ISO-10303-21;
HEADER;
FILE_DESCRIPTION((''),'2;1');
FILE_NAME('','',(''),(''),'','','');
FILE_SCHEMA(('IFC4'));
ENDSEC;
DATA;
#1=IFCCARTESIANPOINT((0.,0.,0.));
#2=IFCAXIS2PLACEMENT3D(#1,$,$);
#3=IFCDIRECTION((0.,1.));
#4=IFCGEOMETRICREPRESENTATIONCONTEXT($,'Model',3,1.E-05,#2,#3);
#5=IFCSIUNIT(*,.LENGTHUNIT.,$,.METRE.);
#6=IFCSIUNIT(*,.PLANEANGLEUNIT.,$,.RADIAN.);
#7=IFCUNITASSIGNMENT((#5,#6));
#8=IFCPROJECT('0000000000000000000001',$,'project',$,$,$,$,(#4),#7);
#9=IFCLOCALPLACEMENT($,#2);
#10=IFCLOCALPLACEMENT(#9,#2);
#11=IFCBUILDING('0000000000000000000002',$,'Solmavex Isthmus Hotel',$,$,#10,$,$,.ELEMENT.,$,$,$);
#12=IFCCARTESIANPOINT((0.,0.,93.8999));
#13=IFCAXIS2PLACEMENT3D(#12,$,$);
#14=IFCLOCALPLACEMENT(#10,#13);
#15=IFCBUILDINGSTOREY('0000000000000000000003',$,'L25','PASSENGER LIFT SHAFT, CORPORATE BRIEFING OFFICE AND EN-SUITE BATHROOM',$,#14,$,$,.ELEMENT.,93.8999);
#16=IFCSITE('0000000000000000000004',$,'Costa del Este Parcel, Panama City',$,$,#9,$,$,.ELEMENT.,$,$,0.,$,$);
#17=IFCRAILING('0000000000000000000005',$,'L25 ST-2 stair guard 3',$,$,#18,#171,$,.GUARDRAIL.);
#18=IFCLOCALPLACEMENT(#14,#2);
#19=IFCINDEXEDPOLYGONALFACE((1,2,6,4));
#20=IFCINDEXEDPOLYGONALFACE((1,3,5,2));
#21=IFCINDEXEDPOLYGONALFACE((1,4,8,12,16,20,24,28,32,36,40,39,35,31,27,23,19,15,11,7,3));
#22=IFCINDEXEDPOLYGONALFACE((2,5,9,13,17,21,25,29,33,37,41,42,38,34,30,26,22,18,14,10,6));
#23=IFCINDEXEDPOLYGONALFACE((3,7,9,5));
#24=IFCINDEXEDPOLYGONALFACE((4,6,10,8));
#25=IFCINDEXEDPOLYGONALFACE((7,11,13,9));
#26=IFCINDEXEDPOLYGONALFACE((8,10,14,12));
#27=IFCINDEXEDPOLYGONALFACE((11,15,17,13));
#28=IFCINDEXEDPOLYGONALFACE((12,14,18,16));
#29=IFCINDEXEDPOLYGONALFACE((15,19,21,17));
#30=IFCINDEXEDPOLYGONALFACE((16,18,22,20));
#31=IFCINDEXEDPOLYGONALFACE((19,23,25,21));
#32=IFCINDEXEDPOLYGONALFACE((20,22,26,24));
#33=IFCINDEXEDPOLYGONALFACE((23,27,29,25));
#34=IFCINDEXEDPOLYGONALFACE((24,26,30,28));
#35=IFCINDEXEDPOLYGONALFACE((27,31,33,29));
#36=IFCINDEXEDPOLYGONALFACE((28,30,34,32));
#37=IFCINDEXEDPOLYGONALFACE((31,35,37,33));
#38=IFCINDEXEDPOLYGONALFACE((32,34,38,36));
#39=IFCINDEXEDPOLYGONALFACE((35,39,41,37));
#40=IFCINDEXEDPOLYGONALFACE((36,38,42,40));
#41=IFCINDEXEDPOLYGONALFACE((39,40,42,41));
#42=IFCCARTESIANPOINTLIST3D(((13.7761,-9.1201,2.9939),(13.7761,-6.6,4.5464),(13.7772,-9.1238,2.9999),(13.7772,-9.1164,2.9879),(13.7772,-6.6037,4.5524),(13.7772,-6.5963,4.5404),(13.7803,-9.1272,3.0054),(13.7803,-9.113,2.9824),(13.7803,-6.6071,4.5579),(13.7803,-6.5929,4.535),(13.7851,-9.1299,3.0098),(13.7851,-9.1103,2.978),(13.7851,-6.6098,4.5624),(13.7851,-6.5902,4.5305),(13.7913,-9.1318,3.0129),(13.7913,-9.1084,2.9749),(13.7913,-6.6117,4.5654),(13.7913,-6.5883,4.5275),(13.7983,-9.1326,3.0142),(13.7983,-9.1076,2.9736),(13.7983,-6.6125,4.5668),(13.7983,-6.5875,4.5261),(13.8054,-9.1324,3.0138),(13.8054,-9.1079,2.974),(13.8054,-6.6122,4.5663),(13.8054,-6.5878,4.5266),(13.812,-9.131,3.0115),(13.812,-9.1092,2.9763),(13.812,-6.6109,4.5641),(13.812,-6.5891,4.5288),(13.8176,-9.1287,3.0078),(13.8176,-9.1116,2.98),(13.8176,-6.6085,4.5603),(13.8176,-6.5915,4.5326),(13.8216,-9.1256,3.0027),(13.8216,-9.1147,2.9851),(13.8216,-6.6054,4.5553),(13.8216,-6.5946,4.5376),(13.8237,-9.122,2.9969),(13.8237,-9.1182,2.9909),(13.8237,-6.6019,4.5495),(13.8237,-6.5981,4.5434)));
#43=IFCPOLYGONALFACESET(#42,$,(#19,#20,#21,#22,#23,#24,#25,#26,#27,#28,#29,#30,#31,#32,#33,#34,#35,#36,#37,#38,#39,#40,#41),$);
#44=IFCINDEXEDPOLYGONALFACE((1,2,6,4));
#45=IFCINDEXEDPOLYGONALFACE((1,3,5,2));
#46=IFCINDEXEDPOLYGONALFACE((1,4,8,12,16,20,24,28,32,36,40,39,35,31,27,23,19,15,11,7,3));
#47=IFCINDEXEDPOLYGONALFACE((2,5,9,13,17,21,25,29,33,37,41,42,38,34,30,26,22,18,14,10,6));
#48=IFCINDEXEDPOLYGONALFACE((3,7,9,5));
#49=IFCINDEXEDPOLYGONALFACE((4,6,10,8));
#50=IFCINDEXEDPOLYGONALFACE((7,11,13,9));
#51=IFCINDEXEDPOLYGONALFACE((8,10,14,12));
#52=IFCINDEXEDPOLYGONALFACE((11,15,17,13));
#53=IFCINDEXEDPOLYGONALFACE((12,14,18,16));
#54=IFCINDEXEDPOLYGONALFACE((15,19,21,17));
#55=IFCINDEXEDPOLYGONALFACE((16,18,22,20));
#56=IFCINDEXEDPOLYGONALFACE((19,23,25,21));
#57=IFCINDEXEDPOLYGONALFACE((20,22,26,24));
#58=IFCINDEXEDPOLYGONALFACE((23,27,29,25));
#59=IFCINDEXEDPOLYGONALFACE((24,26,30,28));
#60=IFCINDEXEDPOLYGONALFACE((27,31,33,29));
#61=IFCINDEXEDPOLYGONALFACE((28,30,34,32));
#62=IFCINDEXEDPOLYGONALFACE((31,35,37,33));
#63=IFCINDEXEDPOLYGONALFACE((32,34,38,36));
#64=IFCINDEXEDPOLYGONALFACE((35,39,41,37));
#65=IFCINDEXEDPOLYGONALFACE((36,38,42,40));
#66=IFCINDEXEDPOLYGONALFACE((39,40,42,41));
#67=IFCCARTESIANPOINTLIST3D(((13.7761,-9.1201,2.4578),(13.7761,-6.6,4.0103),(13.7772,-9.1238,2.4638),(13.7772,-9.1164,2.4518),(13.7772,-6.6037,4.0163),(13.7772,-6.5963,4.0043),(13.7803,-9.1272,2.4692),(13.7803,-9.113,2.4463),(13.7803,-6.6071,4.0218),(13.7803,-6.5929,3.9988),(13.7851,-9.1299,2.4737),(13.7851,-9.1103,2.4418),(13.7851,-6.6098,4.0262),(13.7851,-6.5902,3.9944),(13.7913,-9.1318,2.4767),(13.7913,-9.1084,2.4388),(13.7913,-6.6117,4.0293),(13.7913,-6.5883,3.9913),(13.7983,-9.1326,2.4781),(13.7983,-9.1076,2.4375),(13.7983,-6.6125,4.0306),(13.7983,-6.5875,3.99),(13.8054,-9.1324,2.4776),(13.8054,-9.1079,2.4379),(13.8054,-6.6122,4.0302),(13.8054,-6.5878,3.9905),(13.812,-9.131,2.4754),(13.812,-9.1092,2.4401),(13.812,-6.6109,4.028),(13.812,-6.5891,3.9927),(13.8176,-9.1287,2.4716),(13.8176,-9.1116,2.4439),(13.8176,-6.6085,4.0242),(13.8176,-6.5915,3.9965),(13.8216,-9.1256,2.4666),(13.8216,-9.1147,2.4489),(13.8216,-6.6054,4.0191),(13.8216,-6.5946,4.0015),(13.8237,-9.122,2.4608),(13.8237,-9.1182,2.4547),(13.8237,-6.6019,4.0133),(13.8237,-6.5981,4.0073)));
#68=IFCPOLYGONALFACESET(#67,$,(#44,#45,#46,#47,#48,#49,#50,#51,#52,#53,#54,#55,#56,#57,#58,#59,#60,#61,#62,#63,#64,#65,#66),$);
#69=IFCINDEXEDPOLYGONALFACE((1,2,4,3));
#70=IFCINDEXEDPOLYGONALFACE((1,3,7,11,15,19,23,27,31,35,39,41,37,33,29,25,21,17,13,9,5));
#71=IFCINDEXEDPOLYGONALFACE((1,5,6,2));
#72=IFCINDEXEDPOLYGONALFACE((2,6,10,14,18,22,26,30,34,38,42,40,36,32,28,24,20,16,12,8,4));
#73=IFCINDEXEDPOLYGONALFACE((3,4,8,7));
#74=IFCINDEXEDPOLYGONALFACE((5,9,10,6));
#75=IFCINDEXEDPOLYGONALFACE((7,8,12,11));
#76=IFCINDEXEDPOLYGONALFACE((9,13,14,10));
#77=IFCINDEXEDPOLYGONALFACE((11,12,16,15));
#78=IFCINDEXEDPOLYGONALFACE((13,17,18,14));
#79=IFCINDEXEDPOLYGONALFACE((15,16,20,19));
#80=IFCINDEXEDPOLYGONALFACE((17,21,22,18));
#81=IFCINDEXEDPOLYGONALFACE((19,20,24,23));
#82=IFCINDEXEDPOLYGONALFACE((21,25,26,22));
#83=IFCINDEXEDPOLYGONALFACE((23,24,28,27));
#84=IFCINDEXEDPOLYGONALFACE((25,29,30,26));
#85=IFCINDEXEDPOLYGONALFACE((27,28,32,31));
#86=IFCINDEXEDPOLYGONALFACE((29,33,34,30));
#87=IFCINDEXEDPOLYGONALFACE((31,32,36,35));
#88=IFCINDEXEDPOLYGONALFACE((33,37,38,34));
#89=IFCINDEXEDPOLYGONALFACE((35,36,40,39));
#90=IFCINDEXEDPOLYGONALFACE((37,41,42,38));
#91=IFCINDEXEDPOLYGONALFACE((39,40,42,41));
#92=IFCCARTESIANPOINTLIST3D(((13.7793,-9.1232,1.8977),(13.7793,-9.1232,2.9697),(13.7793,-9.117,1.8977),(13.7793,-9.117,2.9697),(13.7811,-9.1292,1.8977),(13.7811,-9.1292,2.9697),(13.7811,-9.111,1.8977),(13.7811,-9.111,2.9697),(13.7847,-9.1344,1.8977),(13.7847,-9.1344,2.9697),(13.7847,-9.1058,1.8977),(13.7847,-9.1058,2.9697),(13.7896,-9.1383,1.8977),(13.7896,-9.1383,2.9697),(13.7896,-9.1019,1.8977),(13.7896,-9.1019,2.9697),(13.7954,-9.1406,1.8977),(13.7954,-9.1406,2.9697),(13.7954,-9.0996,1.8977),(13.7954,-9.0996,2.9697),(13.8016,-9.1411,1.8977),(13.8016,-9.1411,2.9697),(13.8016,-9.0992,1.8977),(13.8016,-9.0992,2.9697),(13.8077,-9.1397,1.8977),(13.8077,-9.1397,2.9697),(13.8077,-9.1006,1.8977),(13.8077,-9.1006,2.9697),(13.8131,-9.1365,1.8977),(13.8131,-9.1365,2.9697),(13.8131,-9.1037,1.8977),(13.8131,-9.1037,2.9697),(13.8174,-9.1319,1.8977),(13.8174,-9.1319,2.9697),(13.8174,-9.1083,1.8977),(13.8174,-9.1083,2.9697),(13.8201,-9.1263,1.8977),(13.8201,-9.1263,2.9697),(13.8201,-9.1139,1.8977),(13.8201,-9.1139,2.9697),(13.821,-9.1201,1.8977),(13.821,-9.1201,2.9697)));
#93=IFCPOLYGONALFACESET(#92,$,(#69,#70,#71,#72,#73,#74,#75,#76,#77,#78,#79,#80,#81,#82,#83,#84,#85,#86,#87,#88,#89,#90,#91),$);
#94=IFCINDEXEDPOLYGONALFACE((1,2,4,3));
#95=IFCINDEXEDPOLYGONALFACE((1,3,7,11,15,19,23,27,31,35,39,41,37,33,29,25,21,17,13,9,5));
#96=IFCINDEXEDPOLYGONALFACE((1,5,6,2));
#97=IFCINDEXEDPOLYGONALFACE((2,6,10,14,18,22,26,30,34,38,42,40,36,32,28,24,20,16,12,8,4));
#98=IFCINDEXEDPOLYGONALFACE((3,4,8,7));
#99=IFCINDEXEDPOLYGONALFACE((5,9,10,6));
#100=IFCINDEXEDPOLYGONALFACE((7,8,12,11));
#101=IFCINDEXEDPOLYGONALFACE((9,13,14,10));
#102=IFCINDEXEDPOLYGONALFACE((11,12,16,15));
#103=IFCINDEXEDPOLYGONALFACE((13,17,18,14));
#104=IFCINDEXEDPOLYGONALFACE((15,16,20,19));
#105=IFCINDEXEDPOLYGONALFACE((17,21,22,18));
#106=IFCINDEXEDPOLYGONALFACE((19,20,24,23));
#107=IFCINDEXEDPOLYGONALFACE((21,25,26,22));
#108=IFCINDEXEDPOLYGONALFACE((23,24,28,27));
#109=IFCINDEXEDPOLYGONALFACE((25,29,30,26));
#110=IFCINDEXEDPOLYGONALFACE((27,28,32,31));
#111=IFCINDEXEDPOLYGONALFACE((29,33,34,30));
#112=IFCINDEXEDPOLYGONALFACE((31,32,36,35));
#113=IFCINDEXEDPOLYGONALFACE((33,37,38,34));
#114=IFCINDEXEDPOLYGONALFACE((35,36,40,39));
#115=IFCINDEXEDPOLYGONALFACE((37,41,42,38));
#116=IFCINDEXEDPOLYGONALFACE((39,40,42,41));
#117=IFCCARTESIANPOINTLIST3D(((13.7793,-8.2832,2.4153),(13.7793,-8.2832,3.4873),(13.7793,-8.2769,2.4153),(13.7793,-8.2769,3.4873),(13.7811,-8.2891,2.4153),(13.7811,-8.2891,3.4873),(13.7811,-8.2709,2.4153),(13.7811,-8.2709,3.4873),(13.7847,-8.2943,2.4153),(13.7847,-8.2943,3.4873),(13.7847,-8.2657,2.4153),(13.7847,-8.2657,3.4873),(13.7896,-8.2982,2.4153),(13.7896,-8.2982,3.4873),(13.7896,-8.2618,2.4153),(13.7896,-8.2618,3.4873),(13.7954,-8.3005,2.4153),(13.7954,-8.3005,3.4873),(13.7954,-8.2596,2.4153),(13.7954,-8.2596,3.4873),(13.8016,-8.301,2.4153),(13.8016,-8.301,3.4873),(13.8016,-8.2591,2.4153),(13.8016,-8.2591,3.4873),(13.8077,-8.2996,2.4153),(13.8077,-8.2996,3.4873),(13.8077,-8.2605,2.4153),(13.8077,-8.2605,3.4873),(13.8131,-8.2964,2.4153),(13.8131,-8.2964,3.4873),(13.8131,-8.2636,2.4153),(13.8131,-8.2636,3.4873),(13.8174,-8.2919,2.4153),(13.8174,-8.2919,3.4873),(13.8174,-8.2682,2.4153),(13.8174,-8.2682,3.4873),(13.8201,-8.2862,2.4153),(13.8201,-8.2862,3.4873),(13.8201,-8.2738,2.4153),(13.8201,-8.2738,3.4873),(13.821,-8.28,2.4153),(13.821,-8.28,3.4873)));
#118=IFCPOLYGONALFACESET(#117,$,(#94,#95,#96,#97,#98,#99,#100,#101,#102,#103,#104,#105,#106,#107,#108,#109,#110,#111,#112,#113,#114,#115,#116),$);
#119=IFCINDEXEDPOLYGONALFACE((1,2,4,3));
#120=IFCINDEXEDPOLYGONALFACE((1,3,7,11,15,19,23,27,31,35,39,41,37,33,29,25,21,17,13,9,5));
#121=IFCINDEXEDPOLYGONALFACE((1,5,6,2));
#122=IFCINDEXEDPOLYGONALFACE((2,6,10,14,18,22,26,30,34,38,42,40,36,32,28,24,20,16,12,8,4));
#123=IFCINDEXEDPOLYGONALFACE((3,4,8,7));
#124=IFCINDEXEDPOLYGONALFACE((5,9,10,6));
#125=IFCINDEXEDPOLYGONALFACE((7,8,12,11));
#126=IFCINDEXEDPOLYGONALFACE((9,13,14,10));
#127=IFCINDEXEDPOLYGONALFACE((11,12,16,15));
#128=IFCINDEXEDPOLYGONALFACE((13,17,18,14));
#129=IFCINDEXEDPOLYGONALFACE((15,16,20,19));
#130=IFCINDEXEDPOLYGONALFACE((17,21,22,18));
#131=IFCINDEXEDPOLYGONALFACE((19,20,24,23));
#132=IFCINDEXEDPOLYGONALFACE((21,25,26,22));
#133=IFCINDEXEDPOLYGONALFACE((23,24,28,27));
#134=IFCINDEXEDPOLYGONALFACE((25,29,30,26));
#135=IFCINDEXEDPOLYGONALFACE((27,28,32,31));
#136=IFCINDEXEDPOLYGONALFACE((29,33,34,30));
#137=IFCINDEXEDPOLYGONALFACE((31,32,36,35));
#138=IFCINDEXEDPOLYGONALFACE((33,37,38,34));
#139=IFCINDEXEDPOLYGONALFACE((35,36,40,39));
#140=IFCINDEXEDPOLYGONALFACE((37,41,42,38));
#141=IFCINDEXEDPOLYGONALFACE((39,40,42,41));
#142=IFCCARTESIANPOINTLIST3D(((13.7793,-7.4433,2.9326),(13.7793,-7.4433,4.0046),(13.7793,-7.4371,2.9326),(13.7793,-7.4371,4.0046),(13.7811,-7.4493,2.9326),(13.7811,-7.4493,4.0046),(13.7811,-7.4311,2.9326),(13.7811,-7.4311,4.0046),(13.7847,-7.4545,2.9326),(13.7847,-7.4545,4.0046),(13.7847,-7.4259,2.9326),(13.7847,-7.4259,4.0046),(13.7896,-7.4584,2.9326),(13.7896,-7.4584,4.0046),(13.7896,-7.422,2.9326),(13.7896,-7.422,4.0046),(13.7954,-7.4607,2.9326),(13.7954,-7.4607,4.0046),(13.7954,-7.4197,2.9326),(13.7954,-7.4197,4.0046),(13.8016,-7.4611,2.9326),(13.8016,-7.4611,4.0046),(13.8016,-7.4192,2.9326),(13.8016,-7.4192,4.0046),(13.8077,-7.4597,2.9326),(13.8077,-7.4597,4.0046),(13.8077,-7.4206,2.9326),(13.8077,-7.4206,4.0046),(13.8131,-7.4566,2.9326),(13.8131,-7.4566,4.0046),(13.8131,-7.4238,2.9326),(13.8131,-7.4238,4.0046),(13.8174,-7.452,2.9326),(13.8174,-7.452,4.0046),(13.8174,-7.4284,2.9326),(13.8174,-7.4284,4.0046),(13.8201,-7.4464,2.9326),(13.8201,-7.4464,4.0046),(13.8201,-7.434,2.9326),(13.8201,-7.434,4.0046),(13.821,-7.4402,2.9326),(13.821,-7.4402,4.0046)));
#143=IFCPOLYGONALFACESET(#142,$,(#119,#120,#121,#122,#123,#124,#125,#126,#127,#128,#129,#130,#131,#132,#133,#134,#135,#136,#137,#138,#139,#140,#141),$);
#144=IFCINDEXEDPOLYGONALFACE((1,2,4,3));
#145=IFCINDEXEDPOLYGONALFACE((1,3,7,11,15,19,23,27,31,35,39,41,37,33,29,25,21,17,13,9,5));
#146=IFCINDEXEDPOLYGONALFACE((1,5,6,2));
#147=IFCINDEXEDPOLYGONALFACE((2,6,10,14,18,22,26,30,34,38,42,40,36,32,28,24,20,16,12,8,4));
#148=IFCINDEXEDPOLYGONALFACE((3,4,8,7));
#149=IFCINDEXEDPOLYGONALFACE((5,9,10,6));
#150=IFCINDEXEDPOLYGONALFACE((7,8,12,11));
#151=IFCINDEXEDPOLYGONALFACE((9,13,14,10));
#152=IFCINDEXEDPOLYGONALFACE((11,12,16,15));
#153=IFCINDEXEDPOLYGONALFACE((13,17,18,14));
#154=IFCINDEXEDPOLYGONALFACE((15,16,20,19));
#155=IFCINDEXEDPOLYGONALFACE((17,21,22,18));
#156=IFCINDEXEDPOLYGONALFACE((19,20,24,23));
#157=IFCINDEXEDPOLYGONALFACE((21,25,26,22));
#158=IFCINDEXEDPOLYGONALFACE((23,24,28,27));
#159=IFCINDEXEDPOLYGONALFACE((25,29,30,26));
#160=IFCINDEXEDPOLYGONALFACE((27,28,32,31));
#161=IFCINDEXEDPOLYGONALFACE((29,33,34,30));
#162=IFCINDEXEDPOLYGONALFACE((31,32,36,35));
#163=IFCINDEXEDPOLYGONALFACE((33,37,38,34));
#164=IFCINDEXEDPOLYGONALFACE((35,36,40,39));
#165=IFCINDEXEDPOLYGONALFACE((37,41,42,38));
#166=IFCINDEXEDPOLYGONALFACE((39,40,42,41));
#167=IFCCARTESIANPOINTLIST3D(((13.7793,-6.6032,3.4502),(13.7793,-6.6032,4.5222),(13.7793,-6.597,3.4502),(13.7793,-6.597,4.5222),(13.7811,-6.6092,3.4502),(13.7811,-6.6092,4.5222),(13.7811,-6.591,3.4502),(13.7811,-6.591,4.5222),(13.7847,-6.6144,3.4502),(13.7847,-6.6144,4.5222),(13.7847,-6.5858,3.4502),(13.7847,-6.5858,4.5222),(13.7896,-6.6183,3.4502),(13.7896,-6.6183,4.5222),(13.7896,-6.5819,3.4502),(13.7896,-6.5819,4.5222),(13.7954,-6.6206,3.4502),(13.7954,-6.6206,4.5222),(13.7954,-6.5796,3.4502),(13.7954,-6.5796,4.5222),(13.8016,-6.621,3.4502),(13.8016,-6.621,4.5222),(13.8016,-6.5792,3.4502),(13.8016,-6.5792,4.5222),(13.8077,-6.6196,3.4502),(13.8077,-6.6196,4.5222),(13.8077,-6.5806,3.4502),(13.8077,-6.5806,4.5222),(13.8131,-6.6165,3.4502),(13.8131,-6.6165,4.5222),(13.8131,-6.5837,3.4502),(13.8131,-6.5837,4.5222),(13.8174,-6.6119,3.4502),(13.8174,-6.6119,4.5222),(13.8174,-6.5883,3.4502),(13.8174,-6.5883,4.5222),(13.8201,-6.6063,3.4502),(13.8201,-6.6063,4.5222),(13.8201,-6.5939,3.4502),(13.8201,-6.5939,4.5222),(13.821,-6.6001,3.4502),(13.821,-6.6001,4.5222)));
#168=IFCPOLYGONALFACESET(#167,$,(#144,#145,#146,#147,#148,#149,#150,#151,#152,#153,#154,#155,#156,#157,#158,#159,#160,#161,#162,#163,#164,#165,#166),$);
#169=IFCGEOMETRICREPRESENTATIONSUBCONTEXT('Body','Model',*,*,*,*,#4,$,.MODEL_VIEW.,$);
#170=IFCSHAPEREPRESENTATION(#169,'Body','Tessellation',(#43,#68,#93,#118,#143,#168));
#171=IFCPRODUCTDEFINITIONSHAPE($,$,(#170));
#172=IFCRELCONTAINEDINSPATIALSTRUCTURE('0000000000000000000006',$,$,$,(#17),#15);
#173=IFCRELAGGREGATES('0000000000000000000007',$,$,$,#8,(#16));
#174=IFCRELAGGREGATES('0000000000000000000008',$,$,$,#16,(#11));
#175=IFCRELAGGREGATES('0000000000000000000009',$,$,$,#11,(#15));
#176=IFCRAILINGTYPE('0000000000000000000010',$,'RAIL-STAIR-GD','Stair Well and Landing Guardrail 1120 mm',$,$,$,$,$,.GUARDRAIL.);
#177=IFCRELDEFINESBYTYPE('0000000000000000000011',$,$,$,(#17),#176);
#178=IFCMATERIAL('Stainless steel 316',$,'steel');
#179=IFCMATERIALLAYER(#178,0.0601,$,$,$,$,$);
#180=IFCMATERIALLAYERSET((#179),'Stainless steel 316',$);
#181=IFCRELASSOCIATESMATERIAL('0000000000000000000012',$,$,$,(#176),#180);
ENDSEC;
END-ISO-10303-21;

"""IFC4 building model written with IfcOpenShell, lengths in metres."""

from ifc_helpers import new_model, si_unit, direction, frame, origin, origin_2d, place, context, subcontext, project, spatial, circle, extrude, material, layer, layer_set, type_object, element, save


model = new_model("IFC4")

# Units and contexts
model_context = context("Model", 3, precision=1e-05, world=origin(), true_north=direction((0.0, 1.0)))
body_context = subcontext(model_context, "Body", "Model", "MODEL_VIEW")
ifc_project = project(units=[si_unit("LENGTHUNIT", "METRE"), si_unit("PLANEANGLEUNIT", "RADIAN")], contexts=[model_context])

# Site, building, storey
site_placement = place(None, origin())
site = spatial("IfcSite", under=ifc_project, at=site_placement, Name="Costa del Este Parcel, Panama City", CompositionType="ELEMENT", RefElevation=0.0)
building_placement = place(site_placement, origin())
building = spatial("IfcBuilding", under=site, at=building_placement, Name="Solmavex Isthmus Hotel", CompositionType="ELEMENT")
storey_placement = place(building_placement, frame((0.0, 0.0, 93.8999)))
storey = spatial("IfcBuildingStorey", under=building, at=storey_placement, Name="L25", Description="PASSENGER LIFT SHAFT, CORPORATE BRIEFING OFFICE AND EN-SUITE BATHROOM", CompositionType="ELEMENT", Elevation=93.8999)

# Shared definitions
ifc_material_1 = material(Name="Stainless steel 316", Category="steel")

# Railing
ifc_layer_1 = layer(ifc_material_1, 0.0601)
ifc_layer_set_1 = layer_set([ifc_layer_1], Name="Stainless steel 316")
railing_type_1 = type_object("IfcRailingType", Name="RAIL-STAIR-GD", Description="Stair Well and Landing Guardrail 1120 mm", PredefinedType="GUARDRAIL", material=ifc_layer_set_1)
railing_1_placement = place(storey_placement, frame((13.8, -9.1201, 1.8977)))
element("IfcRailing", 1, at=railing_1_placement, inside=storey, type_object=railing_type_1, Name="L25 ST-2 stair guard 3", PredefinedType="GUARDRAIL", context=body_context, shape_type="SweptSolid", body=[
    extrude(circle(Radius=0.0239, at=origin_2d()), frame((0.0, 0.0, 1.0962), z_axis=(0.0, 0.8514, 0.524516), x_axis=(-1.0, 0.0, 0.0)), (0.0, 0.0, 1.0), 2.96),
    extrude(circle(Radius=0.0239, at=origin_2d()), frame((0.0, 0.0, 0.5601), z_axis=(0.0, 0.8514, 0.524516), x_axis=(-1.0, 0.0, 0.0)), (0.0, 0.0, 1.0), 2.96),
    extrude(circle(Radius=0.021, at=origin_2d()), origin(), (0.0, 0.0, 1.0), 1.072),
    extrude(circle(Radius=0.021, at=origin_2d()), frame((0.0, 0.8401, 0.5176)), (0.0, 0.0, 1.0), 1.072),
    extrude(circle(Radius=0.021, at=origin_2d()), frame((0.0, 1.6799, 1.0349)), (0.0, 0.0, 1.0), 1.072),
    extrude(circle(Radius=0.021, at=origin_2d()), frame((0.0, 2.52, 1.5525)), (0.0, 0.0, 1.0), 1.072),
])

save(model, "model.ifc")
